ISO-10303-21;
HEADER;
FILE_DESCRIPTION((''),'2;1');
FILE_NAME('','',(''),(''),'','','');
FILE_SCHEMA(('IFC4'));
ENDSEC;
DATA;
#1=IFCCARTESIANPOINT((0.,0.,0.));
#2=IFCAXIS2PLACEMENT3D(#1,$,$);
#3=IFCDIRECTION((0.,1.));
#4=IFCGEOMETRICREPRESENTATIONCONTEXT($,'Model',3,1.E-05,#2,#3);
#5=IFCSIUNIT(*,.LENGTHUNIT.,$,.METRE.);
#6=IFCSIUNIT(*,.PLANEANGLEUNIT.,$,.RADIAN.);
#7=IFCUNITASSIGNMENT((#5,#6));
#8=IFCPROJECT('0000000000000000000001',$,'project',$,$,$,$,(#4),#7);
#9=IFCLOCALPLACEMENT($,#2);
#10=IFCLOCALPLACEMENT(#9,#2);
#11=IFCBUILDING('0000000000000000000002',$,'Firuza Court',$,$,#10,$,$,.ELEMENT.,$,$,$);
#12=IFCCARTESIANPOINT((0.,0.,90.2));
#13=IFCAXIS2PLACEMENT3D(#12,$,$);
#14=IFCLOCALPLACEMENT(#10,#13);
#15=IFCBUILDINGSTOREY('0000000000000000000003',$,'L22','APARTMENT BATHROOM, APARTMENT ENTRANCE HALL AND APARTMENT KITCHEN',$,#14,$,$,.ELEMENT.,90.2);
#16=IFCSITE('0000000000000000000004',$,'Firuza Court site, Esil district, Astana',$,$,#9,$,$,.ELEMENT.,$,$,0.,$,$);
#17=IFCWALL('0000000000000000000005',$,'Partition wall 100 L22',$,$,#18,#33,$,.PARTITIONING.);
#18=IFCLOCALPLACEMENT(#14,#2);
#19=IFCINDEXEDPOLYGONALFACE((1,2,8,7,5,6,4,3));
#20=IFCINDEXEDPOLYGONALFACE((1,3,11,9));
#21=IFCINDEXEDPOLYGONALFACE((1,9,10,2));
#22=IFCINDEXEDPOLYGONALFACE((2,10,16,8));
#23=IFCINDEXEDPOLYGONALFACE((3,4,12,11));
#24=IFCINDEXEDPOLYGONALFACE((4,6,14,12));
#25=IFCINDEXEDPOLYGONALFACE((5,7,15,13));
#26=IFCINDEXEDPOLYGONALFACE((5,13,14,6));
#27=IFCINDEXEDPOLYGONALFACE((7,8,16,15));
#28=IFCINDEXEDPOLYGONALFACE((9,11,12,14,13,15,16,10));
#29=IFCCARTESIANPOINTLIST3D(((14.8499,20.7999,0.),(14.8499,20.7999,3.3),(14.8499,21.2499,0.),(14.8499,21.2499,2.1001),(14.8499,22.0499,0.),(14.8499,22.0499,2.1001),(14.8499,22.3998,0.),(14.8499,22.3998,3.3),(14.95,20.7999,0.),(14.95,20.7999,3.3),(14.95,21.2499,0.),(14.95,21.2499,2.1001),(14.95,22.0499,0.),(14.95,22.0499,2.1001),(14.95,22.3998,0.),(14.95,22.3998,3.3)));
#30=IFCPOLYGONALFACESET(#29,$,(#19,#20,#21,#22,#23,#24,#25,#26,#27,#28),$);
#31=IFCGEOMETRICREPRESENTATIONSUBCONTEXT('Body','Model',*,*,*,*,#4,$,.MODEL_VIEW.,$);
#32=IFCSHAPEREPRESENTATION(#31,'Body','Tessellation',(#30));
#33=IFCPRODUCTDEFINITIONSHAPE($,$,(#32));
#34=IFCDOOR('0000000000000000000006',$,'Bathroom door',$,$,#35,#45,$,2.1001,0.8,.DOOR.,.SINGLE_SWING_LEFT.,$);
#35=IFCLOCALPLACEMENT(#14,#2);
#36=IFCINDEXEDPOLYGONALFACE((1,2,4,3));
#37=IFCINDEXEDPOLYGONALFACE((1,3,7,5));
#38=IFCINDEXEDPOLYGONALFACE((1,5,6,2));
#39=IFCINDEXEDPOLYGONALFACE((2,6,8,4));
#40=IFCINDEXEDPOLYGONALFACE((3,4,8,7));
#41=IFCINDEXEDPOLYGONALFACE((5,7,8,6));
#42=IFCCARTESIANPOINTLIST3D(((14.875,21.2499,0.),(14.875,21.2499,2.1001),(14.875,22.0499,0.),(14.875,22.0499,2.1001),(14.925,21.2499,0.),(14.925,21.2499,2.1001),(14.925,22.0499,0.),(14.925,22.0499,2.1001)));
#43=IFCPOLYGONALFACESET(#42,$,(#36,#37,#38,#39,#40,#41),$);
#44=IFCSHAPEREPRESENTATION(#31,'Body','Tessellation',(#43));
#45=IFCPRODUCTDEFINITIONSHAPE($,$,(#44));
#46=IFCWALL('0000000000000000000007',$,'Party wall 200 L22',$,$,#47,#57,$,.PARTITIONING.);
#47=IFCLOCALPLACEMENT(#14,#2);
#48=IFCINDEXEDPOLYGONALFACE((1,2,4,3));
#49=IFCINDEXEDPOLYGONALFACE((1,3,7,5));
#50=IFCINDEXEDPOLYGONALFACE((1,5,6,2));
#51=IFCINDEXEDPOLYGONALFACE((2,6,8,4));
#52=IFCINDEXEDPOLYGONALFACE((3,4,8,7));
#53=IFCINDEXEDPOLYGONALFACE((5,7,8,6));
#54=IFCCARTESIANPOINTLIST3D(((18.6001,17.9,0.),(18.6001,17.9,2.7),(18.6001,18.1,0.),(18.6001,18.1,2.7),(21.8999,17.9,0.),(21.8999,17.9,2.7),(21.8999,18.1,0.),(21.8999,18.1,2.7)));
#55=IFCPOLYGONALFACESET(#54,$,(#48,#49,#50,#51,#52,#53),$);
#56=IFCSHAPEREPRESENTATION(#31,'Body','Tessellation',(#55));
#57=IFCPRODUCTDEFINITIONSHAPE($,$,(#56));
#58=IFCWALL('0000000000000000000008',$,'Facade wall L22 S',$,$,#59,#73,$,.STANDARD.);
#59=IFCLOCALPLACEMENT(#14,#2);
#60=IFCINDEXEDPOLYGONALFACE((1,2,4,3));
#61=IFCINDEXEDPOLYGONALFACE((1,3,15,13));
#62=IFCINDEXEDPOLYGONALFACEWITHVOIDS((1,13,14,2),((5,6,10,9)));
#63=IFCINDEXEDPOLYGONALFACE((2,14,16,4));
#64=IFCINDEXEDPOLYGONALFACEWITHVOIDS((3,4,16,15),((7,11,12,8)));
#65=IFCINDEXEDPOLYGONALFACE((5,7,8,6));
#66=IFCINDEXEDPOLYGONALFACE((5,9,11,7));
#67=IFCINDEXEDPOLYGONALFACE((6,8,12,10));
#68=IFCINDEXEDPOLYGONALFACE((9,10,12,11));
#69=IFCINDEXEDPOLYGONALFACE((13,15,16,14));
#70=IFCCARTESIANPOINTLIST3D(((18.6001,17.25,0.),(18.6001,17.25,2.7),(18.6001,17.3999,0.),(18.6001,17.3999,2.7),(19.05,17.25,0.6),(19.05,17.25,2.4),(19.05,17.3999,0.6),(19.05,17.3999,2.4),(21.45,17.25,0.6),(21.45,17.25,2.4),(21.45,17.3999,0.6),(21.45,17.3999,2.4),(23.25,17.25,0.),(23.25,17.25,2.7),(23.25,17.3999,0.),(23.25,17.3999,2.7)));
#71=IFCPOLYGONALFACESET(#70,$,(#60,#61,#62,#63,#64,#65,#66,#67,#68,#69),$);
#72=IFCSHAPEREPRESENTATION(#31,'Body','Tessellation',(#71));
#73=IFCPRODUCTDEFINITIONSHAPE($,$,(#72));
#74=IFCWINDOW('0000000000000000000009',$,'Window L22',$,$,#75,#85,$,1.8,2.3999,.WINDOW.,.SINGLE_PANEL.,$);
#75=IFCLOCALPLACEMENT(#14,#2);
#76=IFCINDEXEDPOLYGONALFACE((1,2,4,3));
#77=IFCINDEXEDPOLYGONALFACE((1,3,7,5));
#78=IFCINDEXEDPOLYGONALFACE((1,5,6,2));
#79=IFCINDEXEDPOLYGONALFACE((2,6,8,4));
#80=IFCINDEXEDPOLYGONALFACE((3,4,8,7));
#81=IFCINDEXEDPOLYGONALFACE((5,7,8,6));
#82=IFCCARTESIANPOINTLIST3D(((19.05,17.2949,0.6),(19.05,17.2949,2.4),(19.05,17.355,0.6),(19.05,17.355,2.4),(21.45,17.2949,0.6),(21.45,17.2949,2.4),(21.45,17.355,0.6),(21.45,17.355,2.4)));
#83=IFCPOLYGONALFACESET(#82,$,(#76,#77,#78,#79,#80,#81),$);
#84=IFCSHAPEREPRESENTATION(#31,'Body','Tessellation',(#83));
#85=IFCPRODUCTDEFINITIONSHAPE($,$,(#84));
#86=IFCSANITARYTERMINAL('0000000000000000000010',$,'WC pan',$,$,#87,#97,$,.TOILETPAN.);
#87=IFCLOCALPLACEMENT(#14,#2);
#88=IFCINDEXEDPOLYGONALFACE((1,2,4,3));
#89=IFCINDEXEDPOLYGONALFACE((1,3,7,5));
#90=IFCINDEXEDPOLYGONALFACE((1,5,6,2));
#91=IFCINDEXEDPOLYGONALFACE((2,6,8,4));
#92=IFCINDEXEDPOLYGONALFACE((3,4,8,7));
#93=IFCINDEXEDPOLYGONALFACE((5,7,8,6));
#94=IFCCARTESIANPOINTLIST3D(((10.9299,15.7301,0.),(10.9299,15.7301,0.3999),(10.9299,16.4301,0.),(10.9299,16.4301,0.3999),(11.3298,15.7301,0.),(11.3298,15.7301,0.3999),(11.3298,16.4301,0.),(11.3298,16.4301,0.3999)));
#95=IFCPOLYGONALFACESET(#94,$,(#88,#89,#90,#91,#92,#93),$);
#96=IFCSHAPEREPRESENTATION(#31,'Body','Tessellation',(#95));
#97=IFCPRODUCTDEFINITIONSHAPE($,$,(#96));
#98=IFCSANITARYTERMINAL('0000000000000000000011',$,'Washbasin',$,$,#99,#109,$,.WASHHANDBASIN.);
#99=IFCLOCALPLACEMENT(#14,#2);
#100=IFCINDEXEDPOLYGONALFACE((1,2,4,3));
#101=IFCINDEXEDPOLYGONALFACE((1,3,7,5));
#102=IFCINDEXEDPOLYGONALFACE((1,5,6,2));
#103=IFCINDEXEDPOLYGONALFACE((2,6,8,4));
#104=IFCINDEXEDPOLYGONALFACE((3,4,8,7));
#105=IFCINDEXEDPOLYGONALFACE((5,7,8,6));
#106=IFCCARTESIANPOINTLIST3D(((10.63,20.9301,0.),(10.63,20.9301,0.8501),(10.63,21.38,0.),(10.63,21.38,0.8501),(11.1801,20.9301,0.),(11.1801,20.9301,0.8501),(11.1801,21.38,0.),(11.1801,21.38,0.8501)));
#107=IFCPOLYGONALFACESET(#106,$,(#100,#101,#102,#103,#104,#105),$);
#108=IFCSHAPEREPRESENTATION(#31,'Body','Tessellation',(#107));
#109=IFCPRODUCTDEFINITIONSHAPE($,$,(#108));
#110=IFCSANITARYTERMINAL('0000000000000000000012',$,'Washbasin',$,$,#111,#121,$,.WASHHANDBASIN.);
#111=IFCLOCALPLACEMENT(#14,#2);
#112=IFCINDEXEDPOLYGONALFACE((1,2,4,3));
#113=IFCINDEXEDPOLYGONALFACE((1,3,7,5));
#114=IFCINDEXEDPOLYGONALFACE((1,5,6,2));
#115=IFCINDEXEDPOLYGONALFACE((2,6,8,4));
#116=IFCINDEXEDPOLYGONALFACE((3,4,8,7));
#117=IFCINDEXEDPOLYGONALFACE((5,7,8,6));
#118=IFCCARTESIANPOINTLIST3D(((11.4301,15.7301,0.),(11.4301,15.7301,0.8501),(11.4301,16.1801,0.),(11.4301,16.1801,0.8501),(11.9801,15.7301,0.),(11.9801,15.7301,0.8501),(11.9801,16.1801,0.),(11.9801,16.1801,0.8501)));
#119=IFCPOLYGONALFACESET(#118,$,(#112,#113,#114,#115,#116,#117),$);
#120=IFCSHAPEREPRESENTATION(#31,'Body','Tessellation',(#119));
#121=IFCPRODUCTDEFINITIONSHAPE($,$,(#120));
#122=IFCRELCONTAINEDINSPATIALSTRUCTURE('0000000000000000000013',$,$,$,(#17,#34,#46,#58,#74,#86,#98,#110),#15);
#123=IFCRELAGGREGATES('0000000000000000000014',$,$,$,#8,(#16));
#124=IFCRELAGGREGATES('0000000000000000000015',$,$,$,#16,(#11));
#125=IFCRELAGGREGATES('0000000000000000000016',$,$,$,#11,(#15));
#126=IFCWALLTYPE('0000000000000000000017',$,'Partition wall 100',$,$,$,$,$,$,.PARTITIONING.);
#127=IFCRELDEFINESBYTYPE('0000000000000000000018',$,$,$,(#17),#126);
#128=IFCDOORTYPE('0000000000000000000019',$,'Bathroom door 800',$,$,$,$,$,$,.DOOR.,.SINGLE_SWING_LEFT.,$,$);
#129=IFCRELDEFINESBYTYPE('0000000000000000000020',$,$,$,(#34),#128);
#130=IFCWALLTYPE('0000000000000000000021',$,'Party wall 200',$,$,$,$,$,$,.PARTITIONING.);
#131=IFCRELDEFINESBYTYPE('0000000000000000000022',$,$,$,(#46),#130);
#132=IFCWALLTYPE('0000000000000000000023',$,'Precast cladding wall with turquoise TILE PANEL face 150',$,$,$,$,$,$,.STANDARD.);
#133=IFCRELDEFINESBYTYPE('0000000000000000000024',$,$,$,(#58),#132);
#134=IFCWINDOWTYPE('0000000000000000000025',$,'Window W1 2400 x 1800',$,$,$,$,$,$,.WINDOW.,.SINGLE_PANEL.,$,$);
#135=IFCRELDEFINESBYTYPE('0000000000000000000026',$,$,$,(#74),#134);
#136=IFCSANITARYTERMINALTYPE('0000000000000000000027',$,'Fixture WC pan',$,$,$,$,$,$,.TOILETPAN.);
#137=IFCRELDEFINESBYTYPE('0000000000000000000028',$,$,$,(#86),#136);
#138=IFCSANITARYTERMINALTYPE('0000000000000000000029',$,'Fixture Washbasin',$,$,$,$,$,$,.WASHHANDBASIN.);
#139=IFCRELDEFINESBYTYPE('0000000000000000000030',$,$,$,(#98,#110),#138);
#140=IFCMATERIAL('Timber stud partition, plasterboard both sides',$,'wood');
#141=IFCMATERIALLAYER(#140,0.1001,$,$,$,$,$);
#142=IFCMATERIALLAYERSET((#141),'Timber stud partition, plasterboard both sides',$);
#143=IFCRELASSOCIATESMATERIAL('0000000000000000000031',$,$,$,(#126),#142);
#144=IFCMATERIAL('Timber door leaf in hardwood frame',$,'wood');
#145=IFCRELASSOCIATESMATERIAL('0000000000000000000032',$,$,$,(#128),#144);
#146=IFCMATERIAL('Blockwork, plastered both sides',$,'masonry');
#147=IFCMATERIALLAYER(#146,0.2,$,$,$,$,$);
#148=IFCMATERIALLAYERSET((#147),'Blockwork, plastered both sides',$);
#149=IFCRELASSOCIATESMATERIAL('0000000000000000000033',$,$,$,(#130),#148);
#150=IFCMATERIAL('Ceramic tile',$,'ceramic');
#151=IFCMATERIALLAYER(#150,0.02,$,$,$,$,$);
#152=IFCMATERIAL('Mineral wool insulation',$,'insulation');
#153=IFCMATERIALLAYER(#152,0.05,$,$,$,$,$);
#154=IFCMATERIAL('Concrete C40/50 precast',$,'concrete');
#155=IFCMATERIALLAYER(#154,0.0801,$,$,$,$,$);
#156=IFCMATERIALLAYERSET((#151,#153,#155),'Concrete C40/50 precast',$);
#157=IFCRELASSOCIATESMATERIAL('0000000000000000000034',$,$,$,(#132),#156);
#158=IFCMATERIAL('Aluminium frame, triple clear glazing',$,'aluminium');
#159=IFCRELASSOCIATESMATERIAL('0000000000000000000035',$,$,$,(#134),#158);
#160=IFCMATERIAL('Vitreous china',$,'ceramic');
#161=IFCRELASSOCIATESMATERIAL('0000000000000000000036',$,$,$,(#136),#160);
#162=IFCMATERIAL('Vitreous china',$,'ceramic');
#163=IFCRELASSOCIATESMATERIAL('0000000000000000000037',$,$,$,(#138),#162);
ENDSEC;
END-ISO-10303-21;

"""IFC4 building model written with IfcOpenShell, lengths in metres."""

from ifc_helpers import new_model, si_unit, direction, frame, frame_2d, origin, origin_2d, place, context, subcontext, project, spatial, rectangle, extrude, material, layer, layer_set, type_object, element, fill, save


model = new_model("IFC4")

# Units and contexts
model_context = context("Model", 3, precision=1e-05, world=origin(), true_north=direction((0.0, 1.0)))
body_context = subcontext(model_context, "Body", "Model", "MODEL_VIEW")
ifc_project = project(units=[si_unit("LENGTHUNIT", "METRE"), si_unit("PLANEANGLEUNIT", "RADIAN")], contexts=[model_context])

# Site, building, storey
site_placement = place(None, origin())
site = spatial("IfcSite", under=ifc_project, at=site_placement, Name="Firuza Court site, Esil district, Astana", CompositionType="ELEMENT", RefElevation=0.0)
building_placement = place(site_placement, origin())
building = spatial("IfcBuilding", under=site, at=building_placement, Name="Firuza Court", CompositionType="ELEMENT")
storey_placement = place(building_placement, frame((0.0, 0.0, 90.2)))
storey = spatial("IfcBuildingStorey", under=building, at=storey_placement, Name="L22", Description="APARTMENT BATHROOM, APARTMENT ENTRANCE HALL AND APARTMENT KITCHEN", CompositionType="ELEMENT", Elevation=90.2)

# Shared definitions
ifc_material_1 = material(Name="Timber stud partition, plasterboard both sides", Category="wood")
ifc_layer_1 = layer(ifc_material_1, 0.1001)
ifc_layer_set_1 = layer_set([ifc_layer_1], Name="Timber stud partition, plasterboard both sides")
wall_type_1 = type_object("IfcWallType", Name="Partition wall 100", PredefinedType="PARTITIONING", material=ifc_layer_set_1)

# Wall, opening, door
ifc_material_2 = material(Name="Timber door leaf in hardwood frame", Category="wood")
door_type_1 = type_object("IfcDoorType", Name="Bathroom door 800", OperationType="SINGLE_SWING_LEFT", PredefinedType="DOOR", material=ifc_material_2)
wall_1_placement = place(storey_placement, frame((14.8999, 20.8, 0.0), z_axis=(0.0, 0.0, 1.0), x_axis=(0.0, 1.0, 0.0)))
wall_1 = element("IfcWall", 1, at=wall_1_placement, inside=storey, type_object=wall_type_1, Name="Partition wall 100 L22", PredefinedType="PARTITIONING", context=body_context, shape_type="SweptSolid", body=[
    extrude(rectangle(XDim=1.5999, YDim=0.1001, at=frame_2d((0.7998, 0.0))), origin(), (0.0, 0.0, 1.0), 3.3),
])
opening_1_placement = place(wall_1_placement, frame((0.45, 0.0, 0.0)))
opening_1 = element("IfcOpeningElement", 2, at=opening_1_placement, cuts=wall_1, PredefinedType="OPENING", context=body_context, shape_type="SweptSolid", body=[
    extrude(rectangle(XDim=0.8, YDim=2.1001, at=frame_2d((0.3999, 1.05))), frame((0.0, 0.062, 0.0), z_axis=(0.0, -1.0, 0.0), x_axis=(1.0, 0.0, 0.0)), (0.0, 0.0, 1.0), 0.124),
])
door_1_placement = place(opening_1_placement, origin())
door_1 = element("IfcDoor", 3, at=door_1_placement, inside=storey, type_object=door_type_1, Name="Bathroom door", OperationType="SINGLE_SWING_LEFT", OverallHeight=2.1001, OverallWidth=0.8, PredefinedType="DOOR", context=body_context, shape_type="SweptSolid", body=[
    extrude(rectangle(XDim=0.8, YDim=2.1001, at=frame_2d((0.3999, 1.05))), frame((0.0, 0.0249, 0.0), z_axis=(0.0, -1.0, 0.0), x_axis=(1.0, 0.0, 0.0)), (0.0, 0.0, 1.0), 0.05),
])
fill(opening_1, door_1)

# Wall
ifc_material_3 = material(Name="Blockwork, plastered both sides", Category="masonry")
ifc_layer_2 = layer(ifc_material_3, 0.2)
ifc_layer_set_2 = layer_set([ifc_layer_2], Name="Blockwork, plastered both sides")
wall_type_2 = type_object("IfcWallType", Name="Party wall 200", PredefinedType="PARTITIONING", material=ifc_layer_set_2)
wall_2_placement = place(storey_placement, frame((18.6001, 18.0, 0.0), z_axis=(0.0, 0.0, 1.0), x_axis=(1.0, 0.0, 0.0)))
element("IfcWall", 4, at=wall_2_placement, inside=storey, type_object=wall_type_2, Name="Party wall 200 L22", PredefinedType="PARTITIONING", context=body_context, shape_type="SweptSolid", body=[
    extrude(rectangle(XDim=3.2998, YDim=0.2, at=frame_2d((1.6499, 0.0))), origin(), (0.0, 0.0, 1.0), 2.7),
])

# Wall, opening, window
ifc_material_4 = material(Name="Ceramic tile", Category="ceramic")
ifc_layer_3 = layer(ifc_material_4, 0.02)
ifc_material_5 = material(Name="Mineral wool insulation", Category="insulation")
ifc_layer_4 = layer(ifc_material_5, 0.05)
ifc_material_6 = material(Name="Concrete C40/50 precast", Category="concrete")
ifc_layer_5 = layer(ifc_material_6, 0.0801)
ifc_layer_set_3 = layer_set([ifc_layer_3, ifc_layer_4, ifc_layer_5], Name="Concrete C40/50 precast")
wall_type_3 = type_object("IfcWallType", Name="Precast cladding wall with turquoise TILE PANEL face 150", PredefinedType="STANDARD", material=ifc_layer_set_3)
wall_3_placement = place(storey_placement, frame((18.6001, 17.325, 0.0), z_axis=(0.0, 0.0, 1.0), x_axis=(1.0, 0.0, 0.0)))
wall_3 = element("IfcWall", 5, at=wall_3_placement, inside=storey, type_object=wall_type_3, Name="Facade wall L22 S", PredefinedType="STANDARD", context=body_context, shape_type="SweptSolid", body=[
    extrude(rectangle(XDim=4.6499, YDim=0.1499, at=frame_2d((2.325, 0.0))), origin(), (0.0, 0.0, 1.0), 2.7),
])
opening_2_placement = place(wall_3_placement, frame((0.45, 0.0, 0.6001)))
opening_2 = element("IfcOpeningElement", 6, at=opening_2_placement, cuts=wall_3, PredefinedType="OPENING", context=body_context, shape_type="SweptSolid", body=[
    extrude(rectangle(XDim=2.3999, YDim=1.8, at=frame_2d((1.2, 0.8999))), frame((0.0, 0.0869, 0.0), z_axis=(0.0, -1.0, 0.0), x_axis=(1.0, 0.0, 0.0)), (0.0, 0.0, 1.0), 0.1738),
])
ifc_material_7 = material(Name="Aluminium frame, triple clear glazing", Category="aluminium")
window_type = type_object("IfcWindowType", Name="Window W1 2400 x 1800", PartitioningType="SINGLE_PANEL", PredefinedType="WINDOW", material=ifc_material_7)
window_placement = place(opening_2_placement, origin())
window = element("IfcWindow", 7, at=window_placement, inside=storey, type_object=window_type, Name="Window L22", OverallHeight=1.8, OverallWidth=2.3999, PartitioningType="SINGLE_PANEL", PredefinedType="WINDOW", context=body_context, shape_type="SweptSolid", body=[
    extrude(rectangle(XDim=2.3999, YDim=1.8, at=frame_2d((1.2, 0.8999))), frame((0.0, 0.03, 0.0), z_axis=(0.0, -1.0, 0.0), x_axis=(1.0, 0.0, 0.0)), (0.0, 0.0, 1.0), 0.0601),
])
fill(opening_2, window)

# Sanitary terminals
ifc_material_8 = material(Name="Vitreous china", Category="ceramic")
sanitary_terminal_type_1 = type_object("IfcSanitaryTerminalType", Name="Fixture WC pan", PredefinedType="TOILETPAN", material=ifc_material_8)
sanitary_terminal_placement = place(storey_placement, frame((11.1299, 16.0801, 0.0), z_axis=(0.0, 0.0, 1.0), x_axis=(1.0, 0.0, 0.0)))
element("IfcSanitaryTerminal", 8, at=sanitary_terminal_placement, inside=storey, type_object=sanitary_terminal_type_1, Name="WC pan", PredefinedType="TOILETPAN", context=body_context, shape_type="SweptSolid", body=[
    extrude(rectangle(XDim=0.3999, YDim=0.7, at=origin_2d()), origin(), (0.0, 0.0, 1.0), 0.3999),
])
ifc_material_9 = material(Name="Vitreous china", Category="ceramic")
sanitary_terminal_type_2 = type_object("IfcSanitaryTerminalType", Name="Fixture Washbasin", PredefinedType="WASHHANDBASIN", material=ifc_material_9)
for number, where, z_axis, x_axis, name in (
    (9, (10.905, 21.155, 0.0), (0.0, 0.0, 1.0), (1.0, 0.0, 0.0), "Washbasin"),
    (10, (11.7051, 15.9551, 0.0), (0.0, 0.0, 1.0), (1.0, 0.0, 0.0), "Washbasin"),
):
    element("IfcSanitaryTerminal", number, at=place(storey_placement, frame(where, z_axis=z_axis, x_axis=x_axis)), inside=storey, type_object=sanitary_terminal_type_2, Name=name, PredefinedType="WASHHANDBASIN", context=body_context, shape_type="SweptSolid", body=[
        extrude(rectangle(XDim=0.55, YDim=0.45, at=origin_2d()), origin(), (0.0, 0.0, 1.0), 0.8501),
    ])

save(model, "model.ifc")
